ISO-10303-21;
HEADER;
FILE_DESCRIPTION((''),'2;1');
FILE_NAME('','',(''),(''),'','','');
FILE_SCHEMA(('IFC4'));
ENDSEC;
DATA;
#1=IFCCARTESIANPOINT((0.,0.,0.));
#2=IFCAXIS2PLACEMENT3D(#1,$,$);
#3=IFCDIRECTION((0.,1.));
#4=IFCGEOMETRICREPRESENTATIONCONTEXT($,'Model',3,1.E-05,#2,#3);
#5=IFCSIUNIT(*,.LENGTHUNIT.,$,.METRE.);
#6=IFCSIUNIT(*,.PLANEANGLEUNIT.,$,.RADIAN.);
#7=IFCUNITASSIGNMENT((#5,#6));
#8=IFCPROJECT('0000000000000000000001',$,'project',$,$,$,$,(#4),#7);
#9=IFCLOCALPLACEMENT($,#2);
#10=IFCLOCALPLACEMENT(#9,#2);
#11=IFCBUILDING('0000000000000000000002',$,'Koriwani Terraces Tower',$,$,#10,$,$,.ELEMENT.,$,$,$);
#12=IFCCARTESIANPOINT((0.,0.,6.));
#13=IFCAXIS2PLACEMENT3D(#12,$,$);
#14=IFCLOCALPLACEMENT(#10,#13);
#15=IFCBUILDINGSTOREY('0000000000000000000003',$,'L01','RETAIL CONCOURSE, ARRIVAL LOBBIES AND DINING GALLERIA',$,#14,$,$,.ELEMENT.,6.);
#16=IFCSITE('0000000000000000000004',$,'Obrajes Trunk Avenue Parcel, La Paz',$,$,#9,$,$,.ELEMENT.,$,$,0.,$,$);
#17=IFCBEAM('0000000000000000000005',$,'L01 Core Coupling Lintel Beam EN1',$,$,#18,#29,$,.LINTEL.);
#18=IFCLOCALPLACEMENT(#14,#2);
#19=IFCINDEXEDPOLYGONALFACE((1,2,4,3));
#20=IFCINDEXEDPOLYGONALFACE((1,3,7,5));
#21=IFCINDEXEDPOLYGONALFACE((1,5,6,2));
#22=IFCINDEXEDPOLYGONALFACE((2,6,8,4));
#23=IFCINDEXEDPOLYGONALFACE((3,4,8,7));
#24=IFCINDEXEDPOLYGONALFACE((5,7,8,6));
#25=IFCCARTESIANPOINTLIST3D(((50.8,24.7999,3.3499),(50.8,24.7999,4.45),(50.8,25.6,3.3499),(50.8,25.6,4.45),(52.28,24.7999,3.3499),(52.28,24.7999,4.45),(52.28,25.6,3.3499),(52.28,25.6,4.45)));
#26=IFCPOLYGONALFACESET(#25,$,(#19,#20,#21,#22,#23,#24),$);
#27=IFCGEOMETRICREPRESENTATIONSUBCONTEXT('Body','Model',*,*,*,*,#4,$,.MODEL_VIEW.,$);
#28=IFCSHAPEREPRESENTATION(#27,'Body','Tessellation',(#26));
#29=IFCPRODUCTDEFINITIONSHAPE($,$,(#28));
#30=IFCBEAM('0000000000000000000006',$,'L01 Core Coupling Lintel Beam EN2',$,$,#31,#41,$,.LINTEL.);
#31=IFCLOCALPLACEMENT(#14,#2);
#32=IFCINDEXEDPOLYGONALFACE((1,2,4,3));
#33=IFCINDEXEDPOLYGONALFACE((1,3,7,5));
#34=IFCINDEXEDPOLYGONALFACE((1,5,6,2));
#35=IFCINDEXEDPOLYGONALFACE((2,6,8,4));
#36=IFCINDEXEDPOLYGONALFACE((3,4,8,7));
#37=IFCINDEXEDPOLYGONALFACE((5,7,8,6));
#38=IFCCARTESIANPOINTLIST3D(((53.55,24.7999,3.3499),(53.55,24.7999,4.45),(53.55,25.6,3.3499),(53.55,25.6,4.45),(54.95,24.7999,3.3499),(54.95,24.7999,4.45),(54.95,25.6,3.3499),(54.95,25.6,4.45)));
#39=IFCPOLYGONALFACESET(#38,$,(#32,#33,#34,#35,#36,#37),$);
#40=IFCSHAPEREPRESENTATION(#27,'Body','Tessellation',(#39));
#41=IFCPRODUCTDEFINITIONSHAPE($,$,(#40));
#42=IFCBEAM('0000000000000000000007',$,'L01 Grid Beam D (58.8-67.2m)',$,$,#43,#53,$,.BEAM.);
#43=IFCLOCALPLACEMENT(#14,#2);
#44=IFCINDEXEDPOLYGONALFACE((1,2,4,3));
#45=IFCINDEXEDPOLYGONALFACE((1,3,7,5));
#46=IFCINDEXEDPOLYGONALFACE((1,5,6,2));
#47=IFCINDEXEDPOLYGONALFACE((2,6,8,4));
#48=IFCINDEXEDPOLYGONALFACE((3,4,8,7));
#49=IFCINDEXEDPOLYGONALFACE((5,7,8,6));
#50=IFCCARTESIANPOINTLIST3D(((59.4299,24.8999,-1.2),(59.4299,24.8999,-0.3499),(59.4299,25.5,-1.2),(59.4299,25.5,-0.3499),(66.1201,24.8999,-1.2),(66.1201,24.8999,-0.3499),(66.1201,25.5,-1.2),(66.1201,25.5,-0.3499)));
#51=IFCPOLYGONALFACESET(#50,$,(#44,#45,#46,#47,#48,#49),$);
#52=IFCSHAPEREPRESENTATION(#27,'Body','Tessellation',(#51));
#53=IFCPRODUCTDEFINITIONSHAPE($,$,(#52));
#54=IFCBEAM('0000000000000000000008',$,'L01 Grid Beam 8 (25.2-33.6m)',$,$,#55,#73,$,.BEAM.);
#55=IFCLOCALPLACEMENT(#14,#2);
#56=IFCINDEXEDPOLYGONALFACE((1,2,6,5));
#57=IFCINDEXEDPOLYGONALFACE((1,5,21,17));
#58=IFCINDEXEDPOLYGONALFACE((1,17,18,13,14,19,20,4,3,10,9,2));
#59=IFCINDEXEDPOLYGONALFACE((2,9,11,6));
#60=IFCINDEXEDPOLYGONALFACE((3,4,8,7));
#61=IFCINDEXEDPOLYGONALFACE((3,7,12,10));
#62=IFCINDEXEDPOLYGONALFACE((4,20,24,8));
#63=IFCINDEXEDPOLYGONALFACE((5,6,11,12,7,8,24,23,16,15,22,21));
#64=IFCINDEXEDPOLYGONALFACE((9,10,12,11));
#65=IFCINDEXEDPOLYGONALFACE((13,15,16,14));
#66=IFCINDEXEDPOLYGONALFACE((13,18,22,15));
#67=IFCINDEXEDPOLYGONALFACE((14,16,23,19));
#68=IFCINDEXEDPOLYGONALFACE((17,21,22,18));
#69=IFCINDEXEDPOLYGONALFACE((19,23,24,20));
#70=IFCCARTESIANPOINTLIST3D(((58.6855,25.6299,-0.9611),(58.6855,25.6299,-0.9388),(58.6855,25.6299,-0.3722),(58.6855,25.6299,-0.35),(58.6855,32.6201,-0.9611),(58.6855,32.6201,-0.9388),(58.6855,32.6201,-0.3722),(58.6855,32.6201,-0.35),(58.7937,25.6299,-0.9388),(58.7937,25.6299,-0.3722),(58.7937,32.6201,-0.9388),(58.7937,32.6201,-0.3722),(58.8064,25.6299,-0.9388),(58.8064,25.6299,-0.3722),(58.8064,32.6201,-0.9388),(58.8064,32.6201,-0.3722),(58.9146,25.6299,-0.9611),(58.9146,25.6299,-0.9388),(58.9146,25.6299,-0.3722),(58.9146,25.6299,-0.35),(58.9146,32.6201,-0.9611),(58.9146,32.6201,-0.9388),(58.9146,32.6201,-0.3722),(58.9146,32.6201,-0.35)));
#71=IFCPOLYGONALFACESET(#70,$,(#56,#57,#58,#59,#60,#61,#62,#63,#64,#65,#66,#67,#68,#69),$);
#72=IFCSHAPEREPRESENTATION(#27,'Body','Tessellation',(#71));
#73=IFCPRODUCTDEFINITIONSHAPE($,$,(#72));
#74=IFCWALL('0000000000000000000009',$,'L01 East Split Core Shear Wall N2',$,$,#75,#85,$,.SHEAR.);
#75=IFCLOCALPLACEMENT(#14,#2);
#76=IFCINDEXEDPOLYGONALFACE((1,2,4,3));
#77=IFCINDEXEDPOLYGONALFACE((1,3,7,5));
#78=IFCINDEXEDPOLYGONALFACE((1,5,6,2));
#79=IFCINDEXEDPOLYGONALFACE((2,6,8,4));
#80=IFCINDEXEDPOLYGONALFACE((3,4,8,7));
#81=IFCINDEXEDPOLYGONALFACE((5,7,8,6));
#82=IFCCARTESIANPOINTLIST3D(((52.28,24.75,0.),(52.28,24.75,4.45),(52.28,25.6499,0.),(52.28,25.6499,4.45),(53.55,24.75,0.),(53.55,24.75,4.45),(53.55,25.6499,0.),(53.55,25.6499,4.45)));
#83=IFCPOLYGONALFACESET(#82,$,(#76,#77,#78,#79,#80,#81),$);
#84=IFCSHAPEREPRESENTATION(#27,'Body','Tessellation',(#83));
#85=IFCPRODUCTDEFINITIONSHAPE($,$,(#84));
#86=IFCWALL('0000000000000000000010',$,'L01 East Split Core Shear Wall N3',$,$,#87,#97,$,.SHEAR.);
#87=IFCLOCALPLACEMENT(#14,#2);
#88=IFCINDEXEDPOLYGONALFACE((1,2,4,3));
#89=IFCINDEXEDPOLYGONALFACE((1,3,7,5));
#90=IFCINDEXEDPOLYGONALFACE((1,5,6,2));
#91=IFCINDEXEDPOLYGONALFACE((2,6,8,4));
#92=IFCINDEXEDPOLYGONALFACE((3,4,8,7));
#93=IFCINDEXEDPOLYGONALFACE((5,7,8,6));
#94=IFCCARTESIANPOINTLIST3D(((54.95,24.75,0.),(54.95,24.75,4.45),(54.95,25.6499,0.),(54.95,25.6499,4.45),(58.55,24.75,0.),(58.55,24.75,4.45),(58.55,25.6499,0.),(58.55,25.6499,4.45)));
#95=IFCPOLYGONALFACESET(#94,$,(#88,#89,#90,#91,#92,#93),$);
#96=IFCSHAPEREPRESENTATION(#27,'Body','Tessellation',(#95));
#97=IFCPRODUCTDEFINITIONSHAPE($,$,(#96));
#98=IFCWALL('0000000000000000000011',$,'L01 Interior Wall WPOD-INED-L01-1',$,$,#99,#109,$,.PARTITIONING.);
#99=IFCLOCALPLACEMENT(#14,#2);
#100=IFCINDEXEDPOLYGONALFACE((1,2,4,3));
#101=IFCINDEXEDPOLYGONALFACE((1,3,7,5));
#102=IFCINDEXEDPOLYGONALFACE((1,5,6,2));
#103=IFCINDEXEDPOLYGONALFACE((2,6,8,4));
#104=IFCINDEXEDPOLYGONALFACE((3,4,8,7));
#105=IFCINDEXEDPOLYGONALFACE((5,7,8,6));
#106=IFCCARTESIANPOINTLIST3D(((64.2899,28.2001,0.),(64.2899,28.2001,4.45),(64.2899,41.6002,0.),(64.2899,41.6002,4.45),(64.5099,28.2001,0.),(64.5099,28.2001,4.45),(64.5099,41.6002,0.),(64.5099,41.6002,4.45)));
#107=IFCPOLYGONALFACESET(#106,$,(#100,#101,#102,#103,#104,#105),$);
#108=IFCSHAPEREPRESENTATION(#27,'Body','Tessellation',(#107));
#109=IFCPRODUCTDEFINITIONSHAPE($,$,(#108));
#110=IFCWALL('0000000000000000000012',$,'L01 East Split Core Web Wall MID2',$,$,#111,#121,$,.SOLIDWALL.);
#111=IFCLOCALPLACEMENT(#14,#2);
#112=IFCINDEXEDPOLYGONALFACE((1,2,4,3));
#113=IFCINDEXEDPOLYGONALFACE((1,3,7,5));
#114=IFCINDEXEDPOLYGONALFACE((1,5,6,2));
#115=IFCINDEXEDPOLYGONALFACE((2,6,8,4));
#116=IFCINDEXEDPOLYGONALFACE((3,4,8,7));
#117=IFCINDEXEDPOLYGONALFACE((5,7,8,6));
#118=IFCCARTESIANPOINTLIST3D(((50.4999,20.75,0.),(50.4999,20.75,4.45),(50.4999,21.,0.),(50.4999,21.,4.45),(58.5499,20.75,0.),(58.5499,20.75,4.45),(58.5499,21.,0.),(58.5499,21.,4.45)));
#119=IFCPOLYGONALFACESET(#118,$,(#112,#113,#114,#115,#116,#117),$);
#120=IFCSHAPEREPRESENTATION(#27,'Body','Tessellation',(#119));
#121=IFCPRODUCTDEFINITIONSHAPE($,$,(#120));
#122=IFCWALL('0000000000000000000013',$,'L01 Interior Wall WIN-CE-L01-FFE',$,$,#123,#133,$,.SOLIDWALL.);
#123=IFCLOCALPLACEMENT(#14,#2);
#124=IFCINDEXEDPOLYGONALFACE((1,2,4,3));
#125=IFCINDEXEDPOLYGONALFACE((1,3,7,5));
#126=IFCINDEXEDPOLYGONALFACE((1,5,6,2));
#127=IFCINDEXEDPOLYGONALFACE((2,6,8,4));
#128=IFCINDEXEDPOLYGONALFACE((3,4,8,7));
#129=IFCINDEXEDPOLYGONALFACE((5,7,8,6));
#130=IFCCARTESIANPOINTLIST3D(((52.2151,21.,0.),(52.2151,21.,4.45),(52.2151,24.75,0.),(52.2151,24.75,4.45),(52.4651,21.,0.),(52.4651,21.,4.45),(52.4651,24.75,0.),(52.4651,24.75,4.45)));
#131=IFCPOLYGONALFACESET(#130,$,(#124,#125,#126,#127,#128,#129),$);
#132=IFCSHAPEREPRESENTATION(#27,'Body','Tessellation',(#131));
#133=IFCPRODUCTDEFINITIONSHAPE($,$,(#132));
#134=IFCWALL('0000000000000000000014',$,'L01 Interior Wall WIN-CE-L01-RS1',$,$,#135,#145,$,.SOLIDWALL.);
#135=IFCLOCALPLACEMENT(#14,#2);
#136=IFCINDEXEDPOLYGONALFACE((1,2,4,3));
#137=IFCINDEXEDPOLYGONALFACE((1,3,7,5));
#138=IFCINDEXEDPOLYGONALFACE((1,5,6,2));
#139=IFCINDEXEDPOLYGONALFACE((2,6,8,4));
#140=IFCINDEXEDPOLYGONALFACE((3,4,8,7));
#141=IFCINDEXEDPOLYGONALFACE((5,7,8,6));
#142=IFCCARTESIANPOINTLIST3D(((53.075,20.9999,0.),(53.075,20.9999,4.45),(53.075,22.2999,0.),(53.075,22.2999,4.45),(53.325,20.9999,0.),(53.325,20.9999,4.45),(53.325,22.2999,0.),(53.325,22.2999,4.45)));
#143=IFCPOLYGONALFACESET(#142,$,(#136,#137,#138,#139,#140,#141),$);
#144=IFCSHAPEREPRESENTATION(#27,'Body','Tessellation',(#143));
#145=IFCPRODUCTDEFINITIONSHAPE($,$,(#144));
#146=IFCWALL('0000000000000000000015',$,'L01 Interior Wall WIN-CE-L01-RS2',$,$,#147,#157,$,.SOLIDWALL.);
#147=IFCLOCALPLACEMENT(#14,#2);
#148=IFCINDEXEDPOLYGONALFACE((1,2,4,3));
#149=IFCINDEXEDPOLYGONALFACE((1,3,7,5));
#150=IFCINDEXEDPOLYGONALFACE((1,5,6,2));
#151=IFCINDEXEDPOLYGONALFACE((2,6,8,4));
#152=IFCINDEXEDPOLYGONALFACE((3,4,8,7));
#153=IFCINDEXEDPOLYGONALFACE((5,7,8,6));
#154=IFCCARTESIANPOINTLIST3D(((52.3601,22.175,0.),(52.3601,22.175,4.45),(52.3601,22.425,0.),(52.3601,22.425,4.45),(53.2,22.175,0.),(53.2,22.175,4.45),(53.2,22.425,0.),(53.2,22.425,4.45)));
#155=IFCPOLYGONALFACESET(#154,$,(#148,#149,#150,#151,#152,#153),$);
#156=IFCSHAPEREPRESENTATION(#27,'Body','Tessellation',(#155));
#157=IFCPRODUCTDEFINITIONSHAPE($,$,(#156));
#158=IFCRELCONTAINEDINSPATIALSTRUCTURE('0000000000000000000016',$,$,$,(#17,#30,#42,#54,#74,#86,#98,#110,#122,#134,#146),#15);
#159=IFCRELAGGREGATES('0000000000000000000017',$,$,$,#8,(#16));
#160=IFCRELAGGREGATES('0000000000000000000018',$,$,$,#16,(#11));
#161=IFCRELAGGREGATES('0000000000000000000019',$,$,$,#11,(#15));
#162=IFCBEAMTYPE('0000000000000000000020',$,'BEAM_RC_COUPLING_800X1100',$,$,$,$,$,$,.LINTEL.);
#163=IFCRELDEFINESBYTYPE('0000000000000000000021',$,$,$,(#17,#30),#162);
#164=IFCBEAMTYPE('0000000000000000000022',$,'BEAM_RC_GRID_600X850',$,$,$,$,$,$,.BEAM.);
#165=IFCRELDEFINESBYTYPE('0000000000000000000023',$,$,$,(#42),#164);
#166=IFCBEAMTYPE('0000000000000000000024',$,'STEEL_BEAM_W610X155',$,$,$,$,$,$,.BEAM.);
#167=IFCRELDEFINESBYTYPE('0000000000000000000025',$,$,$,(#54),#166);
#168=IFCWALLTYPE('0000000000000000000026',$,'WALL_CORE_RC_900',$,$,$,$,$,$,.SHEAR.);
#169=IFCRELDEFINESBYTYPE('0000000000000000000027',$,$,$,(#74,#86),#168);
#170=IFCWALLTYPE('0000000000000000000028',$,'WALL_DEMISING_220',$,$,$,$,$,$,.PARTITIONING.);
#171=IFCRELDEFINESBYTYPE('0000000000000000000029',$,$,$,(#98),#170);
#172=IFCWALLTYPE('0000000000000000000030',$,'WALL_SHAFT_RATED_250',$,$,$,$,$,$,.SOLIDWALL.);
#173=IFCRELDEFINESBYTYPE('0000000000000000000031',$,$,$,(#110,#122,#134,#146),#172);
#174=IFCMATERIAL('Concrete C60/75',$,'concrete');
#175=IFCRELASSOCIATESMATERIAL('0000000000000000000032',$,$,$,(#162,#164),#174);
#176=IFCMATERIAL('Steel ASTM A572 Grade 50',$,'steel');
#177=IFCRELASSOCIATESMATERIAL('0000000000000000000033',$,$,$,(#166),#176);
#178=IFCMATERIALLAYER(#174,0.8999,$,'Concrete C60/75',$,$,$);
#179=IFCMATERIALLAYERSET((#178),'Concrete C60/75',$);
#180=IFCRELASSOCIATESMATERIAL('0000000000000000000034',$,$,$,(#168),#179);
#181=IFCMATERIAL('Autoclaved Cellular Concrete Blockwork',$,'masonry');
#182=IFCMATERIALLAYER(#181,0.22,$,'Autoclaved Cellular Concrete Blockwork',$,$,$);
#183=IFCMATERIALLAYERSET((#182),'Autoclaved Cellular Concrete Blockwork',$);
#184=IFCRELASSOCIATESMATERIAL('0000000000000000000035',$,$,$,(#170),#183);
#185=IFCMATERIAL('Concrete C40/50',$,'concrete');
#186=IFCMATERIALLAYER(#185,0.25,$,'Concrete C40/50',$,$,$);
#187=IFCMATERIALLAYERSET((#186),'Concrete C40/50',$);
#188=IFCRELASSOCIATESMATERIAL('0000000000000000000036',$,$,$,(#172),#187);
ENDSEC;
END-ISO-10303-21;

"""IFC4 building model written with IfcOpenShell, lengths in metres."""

from ifc_helpers import new_model, si_unit, direction, frame, frame_2d, origin, origin_2d, place, context, subcontext, project, spatial, rectangle, i_section, extrude, material, layer, layer_set, material_profile, profile_set, type_object, element, save


model = new_model("IFC4")

# Units and contexts
model_context = context("Model", 3, precision=1e-05, world=origin(), true_north=direction((0.0, 1.0)))
body_context = subcontext(model_context, "Body", "Model", "MODEL_VIEW")
ifc_project = project(units=[si_unit("LENGTHUNIT", "METRE"), si_unit("PLANEANGLEUNIT", "RADIAN")], contexts=[model_context])

# Site, building, storey
site_placement = place(None, origin())
site = spatial("IfcSite", under=ifc_project, at=site_placement, Name="Obrajes Trunk Avenue Parcel, La Paz", CompositionType="ELEMENT", RefElevation=0.0)
building_placement = place(site_placement, origin())
building = spatial("IfcBuilding", under=site, at=building_placement, Name="Koriwani Terraces Tower", CompositionType="ELEMENT")
storey_placement = place(building_placement, frame((0.0, 0.0, 6.0)))
storey = spatial("IfcBuildingStorey", under=building, at=storey_placement, Name="L01", Description="RETAIL CONCOURSE, ARRIVAL LOBBIES AND DINING GALLERIA", CompositionType="ELEMENT", Elevation=6.0)

# Beams
ifc_material_1 = material(Name="Concrete C60/75", Category="concrete")
ifc_material_profile_1 = material_profile(ifc_material_1, rectangle(XDim=0.8, YDim=1.1001, at=origin_2d()), Name="Concrete C60/75", Category="LoadBearing")
ifc_profile_set_1 = profile_set([ifc_material_profile_1], Name="Concrete C60/75")
beam_type_1 = type_object("IfcBeamType", Name="BEAM_RC_COUPLING_800X1100", PredefinedType="LINTEL", material=ifc_profile_set_1)
beam_1_placement = place(storey_placement, frame((50.8, 25.2, 3.8999), z_axis=(1.0, 0.0, 0.0), x_axis=(0.0, 1.0, 0.0)))
element("IfcBeam", 1, at=beam_1_placement, inside=storey, type_object=beam_type_1, Name="L01 Core Coupling Lintel Beam EN1", PredefinedType="LINTEL", context=body_context, shape_type="SweptSolid", body=[
    extrude(rectangle(XDim=0.8, YDim=1.1001, at=origin_2d()), origin(), (0.0, 0.0, 1.0), 1.48),
])
beam_2_placement = place(storey_placement, frame((53.55, 25.2, 3.8999), z_axis=(1.0, 0.0, 0.0), x_axis=(0.0, 1.0, 0.0)))
element("IfcBeam", 2, at=beam_2_placement, inside=storey, type_object=beam_type_1, Name="L01 Core Coupling Lintel Beam EN2", PredefinedType="LINTEL", context=body_context, shape_type="SweptSolid", body=[
    extrude(rectangle(XDim=0.8, YDim=1.1001, at=origin_2d()), origin(), (0.0, 0.0, 1.0), 1.3999),
])
ifc_material_profile_2 = material_profile(ifc_material_1, rectangle(XDim=0.6001, YDim=0.8501, at=origin_2d()), Name="Concrete C60/75", Category="LoadBearing")
ifc_profile_set_2 = profile_set([ifc_material_profile_2], Name="Concrete C60/75")
beam_type_2 = type_object("IfcBeamType", Name="BEAM_RC_GRID_600X850", PredefinedType="BEAM", material=ifc_profile_set_2)
beam_3_placement = place(storey_placement, frame((59.4299, 25.2, -0.7749), z_axis=(1.0, 0.0, 0.0), x_axis=(0.0, 1.0, 0.0)))
element("IfcBeam", 3, at=beam_3_placement, inside=storey, type_object=beam_type_2, Name="L01 Grid Beam D (58.8-67.2m)", PredefinedType="BEAM", context=body_context, shape_type="SweptSolid", body=[
    extrude(rectangle(XDim=0.6001, YDim=0.8501, at=origin_2d()), origin(), (0.0, 0.0, 1.0), 6.6902),
])
ifc_material_2 = material(Name="Steel ASTM A572 Grade 50", Category="steel")
ifc_material_profile_3 = material_profile(ifc_material_2, i_section(OverallWidth=0.229, OverallDepth=0.6111, WebThickness=0.0127, FlangeThickness=0.0222, at=origin_2d()), Name="Steel ASTM A572 Grade 50", Category="LoadBearing")
ifc_profile_set_3 = profile_set([ifc_material_profile_3], Name="Steel ASTM A572 Grade 50")
beam_type_3 = type_object("IfcBeamType", Name="STEEL_BEAM_W610X155", PredefinedType="BEAM", material=ifc_profile_set_3)
beam_4_placement = place(storey_placement, frame((58.8, 25.6299, -0.6555), z_axis=(0.0, 1.0, 0.0), x_axis=(-1.0, 0.0, 0.0)))
element("IfcBeam", 4, at=beam_4_placement, inside=storey, type_object=beam_type_3, Name="L01 Grid Beam 8 (25.2-33.6m)", PredefinedType="BEAM", context=body_context, shape_type="SweptSolid", body=[
    extrude(i_section(OverallWidth=0.229, OverallDepth=0.6111, WebThickness=0.0127, FlangeThickness=0.0222, at=origin_2d()), origin(), (0.0, 0.0, 1.0), 6.9902),
])

# Walls
ifc_layer_1 = layer(ifc_material_1, 0.8999, Name="Concrete C60/75")
ifc_layer_set_1 = layer_set([ifc_layer_1], Name="Concrete C60/75")
wall_type_1 = type_object("IfcWallType", Name="WALL_CORE_RC_900", PredefinedType="SHEAR", material=ifc_layer_set_1)
wall_1_placement = place(storey_placement, frame((52.28, 25.2, 0.0), z_axis=(0.0, 0.0, 1.0), x_axis=(1.0, 0.0, 0.0)))
element("IfcWall", 5, at=wall_1_placement, inside=storey, type_object=wall_type_1, Name="L01 East Split Core Shear Wall N2", PredefinedType="SHEAR", context=body_context, shape_type="SweptSolid", body=[
    extrude(rectangle(XDim=1.27, YDim=0.8999, at=frame_2d((0.635, 0.0))), origin(), (0.0, 0.0, 1.0), 4.45),
])
wall_2_placement = place(storey_placement, frame((54.95, 25.2, 0.0), z_axis=(0.0, 0.0, 1.0), x_axis=(1.0, 0.0, 0.0)))
element("IfcWall", 6, at=wall_2_placement, inside=storey, type_object=wall_type_1, Name="L01 East Split Core Shear Wall N3", PredefinedType="SHEAR", context=body_context, shape_type="SweptSolid", body=[
    extrude(rectangle(XDim=3.6001, YDim=0.8999, at=frame_2d((1.8, 0.0))), origin(), (0.0, 0.0, 1.0), 4.45),
])
ifc_material_3 = material(Name="Autoclaved Cellular Concrete Blockwork", Category="masonry")
ifc_layer_2 = layer(ifc_material_3, 0.22, Name="Autoclaved Cellular Concrete Blockwork")
ifc_layer_set_2 = layer_set([ifc_layer_2], Name="Autoclaved Cellular Concrete Blockwork")
wall_type_2 = type_object("IfcWallType", Name="WALL_DEMISING_220", PredefinedType="PARTITIONING", material=ifc_layer_set_2)
wall_3_placement = place(storey_placement, frame((64.3999, 28.2, 0.0), z_axis=(0.0, 0.0, 1.0), x_axis=(0.0, 1.0, 0.0)))
element("IfcWall", 7, at=wall_3_placement, inside=storey, type_object=wall_type_2, Name="L01 Interior Wall WPOD-INED-L01-1", PredefinedType="PARTITIONING", context=body_context, shape_type="SweptSolid", body=[
    extrude(rectangle(XDim=13.4001, YDim=0.22, at=frame_2d((6.7002, 0.0))), origin(), (0.0, 0.0, 1.0), 4.45),
])
ifc_material_4 = material(Name="Concrete C40/50", Category="concrete")
ifc_layer_3 = layer(ifc_material_4, 0.25, Name="Concrete C40/50")
ifc_layer_set_3 = layer_set([ifc_layer_3], Name="Concrete C40/50")
wall_type_3 = type_object("IfcWallType", Name="WALL_SHAFT_RATED_250", PredefinedType="SOLIDWALL", material=ifc_layer_set_3)
wall_4_placement = place(storey_placement, frame((50.5, 20.875, 0.0), z_axis=(0.0, 0.0, 1.0), x_axis=(1.0, 0.0, 0.0)))
element("IfcWall", 8, at=wall_4_placement, inside=storey, type_object=wall_type_3, Name="L01 East Split Core Web Wall MID2", PredefinedType="SOLIDWALL", context=body_context, shape_type="SweptSolid", body=[
    extrude(rectangle(XDim=8.05, YDim=0.25, at=frame_2d((4.0249, 0.0))), origin(), (0.0, 0.0, 1.0), 4.45),
])

# Wall
wall_5_placement = place(storey_placement, frame((52.3401, 21.0, 0.0), z_axis=(0.0, 0.0, 1.0), x_axis=(0.0, 1.0, 0.0)))
element("IfcWall", 9, at=wall_5_placement, inside=storey, type_object=wall_type_3, Name="L01 Interior Wall WIN-CE-L01-FFE", PredefinedType="SOLIDWALL", context=body_context, shape_type="SweptSolid", body=[
    extrude(rectangle(XDim=3.75, YDim=0.25, at=frame_2d((1.875, 0.0))), origin(), (0.0, 0.0, 1.0), 4.45),
])

# Walls
wall_6_placement = place(storey_placement, frame((53.2, 21.0, 0.0), z_axis=(0.0, 0.0, 1.0), x_axis=(0.0, 1.0, 0.0)))
element("IfcWall", 10, at=wall_6_placement, inside=storey, type_object=wall_type_3, Name="L01 Interior Wall WIN-CE-L01-RS1", PredefinedType="SOLIDWALL", context=body_context, shape_type="SweptSolid", body=[
    extrude(rectangle(XDim=1.3, YDim=0.25, at=frame_2d((0.6499, 0.0))), origin(), (0.0, 0.0, 1.0), 4.45),
])
wall_7_placement = place(storey_placement, frame((52.3601, 22.3, 0.0), z_axis=(0.0, 0.0, 1.0), x_axis=(1.0, 0.0, 0.0)))
element("IfcWall", 11, at=wall_7_placement, inside=storey, type_object=wall_type_3, Name="L01 Interior Wall WIN-CE-L01-RS2", PredefinedType="SOLIDWALL", context=body_context, shape_type="SweptSolid", body=[
    extrude(rectangle(XDim=0.8398, YDim=0.25, at=frame_2d((0.4199, 0.0))), origin(), (0.0, 0.0, 1.0), 4.45),
])

save(model, "model.ifc")
